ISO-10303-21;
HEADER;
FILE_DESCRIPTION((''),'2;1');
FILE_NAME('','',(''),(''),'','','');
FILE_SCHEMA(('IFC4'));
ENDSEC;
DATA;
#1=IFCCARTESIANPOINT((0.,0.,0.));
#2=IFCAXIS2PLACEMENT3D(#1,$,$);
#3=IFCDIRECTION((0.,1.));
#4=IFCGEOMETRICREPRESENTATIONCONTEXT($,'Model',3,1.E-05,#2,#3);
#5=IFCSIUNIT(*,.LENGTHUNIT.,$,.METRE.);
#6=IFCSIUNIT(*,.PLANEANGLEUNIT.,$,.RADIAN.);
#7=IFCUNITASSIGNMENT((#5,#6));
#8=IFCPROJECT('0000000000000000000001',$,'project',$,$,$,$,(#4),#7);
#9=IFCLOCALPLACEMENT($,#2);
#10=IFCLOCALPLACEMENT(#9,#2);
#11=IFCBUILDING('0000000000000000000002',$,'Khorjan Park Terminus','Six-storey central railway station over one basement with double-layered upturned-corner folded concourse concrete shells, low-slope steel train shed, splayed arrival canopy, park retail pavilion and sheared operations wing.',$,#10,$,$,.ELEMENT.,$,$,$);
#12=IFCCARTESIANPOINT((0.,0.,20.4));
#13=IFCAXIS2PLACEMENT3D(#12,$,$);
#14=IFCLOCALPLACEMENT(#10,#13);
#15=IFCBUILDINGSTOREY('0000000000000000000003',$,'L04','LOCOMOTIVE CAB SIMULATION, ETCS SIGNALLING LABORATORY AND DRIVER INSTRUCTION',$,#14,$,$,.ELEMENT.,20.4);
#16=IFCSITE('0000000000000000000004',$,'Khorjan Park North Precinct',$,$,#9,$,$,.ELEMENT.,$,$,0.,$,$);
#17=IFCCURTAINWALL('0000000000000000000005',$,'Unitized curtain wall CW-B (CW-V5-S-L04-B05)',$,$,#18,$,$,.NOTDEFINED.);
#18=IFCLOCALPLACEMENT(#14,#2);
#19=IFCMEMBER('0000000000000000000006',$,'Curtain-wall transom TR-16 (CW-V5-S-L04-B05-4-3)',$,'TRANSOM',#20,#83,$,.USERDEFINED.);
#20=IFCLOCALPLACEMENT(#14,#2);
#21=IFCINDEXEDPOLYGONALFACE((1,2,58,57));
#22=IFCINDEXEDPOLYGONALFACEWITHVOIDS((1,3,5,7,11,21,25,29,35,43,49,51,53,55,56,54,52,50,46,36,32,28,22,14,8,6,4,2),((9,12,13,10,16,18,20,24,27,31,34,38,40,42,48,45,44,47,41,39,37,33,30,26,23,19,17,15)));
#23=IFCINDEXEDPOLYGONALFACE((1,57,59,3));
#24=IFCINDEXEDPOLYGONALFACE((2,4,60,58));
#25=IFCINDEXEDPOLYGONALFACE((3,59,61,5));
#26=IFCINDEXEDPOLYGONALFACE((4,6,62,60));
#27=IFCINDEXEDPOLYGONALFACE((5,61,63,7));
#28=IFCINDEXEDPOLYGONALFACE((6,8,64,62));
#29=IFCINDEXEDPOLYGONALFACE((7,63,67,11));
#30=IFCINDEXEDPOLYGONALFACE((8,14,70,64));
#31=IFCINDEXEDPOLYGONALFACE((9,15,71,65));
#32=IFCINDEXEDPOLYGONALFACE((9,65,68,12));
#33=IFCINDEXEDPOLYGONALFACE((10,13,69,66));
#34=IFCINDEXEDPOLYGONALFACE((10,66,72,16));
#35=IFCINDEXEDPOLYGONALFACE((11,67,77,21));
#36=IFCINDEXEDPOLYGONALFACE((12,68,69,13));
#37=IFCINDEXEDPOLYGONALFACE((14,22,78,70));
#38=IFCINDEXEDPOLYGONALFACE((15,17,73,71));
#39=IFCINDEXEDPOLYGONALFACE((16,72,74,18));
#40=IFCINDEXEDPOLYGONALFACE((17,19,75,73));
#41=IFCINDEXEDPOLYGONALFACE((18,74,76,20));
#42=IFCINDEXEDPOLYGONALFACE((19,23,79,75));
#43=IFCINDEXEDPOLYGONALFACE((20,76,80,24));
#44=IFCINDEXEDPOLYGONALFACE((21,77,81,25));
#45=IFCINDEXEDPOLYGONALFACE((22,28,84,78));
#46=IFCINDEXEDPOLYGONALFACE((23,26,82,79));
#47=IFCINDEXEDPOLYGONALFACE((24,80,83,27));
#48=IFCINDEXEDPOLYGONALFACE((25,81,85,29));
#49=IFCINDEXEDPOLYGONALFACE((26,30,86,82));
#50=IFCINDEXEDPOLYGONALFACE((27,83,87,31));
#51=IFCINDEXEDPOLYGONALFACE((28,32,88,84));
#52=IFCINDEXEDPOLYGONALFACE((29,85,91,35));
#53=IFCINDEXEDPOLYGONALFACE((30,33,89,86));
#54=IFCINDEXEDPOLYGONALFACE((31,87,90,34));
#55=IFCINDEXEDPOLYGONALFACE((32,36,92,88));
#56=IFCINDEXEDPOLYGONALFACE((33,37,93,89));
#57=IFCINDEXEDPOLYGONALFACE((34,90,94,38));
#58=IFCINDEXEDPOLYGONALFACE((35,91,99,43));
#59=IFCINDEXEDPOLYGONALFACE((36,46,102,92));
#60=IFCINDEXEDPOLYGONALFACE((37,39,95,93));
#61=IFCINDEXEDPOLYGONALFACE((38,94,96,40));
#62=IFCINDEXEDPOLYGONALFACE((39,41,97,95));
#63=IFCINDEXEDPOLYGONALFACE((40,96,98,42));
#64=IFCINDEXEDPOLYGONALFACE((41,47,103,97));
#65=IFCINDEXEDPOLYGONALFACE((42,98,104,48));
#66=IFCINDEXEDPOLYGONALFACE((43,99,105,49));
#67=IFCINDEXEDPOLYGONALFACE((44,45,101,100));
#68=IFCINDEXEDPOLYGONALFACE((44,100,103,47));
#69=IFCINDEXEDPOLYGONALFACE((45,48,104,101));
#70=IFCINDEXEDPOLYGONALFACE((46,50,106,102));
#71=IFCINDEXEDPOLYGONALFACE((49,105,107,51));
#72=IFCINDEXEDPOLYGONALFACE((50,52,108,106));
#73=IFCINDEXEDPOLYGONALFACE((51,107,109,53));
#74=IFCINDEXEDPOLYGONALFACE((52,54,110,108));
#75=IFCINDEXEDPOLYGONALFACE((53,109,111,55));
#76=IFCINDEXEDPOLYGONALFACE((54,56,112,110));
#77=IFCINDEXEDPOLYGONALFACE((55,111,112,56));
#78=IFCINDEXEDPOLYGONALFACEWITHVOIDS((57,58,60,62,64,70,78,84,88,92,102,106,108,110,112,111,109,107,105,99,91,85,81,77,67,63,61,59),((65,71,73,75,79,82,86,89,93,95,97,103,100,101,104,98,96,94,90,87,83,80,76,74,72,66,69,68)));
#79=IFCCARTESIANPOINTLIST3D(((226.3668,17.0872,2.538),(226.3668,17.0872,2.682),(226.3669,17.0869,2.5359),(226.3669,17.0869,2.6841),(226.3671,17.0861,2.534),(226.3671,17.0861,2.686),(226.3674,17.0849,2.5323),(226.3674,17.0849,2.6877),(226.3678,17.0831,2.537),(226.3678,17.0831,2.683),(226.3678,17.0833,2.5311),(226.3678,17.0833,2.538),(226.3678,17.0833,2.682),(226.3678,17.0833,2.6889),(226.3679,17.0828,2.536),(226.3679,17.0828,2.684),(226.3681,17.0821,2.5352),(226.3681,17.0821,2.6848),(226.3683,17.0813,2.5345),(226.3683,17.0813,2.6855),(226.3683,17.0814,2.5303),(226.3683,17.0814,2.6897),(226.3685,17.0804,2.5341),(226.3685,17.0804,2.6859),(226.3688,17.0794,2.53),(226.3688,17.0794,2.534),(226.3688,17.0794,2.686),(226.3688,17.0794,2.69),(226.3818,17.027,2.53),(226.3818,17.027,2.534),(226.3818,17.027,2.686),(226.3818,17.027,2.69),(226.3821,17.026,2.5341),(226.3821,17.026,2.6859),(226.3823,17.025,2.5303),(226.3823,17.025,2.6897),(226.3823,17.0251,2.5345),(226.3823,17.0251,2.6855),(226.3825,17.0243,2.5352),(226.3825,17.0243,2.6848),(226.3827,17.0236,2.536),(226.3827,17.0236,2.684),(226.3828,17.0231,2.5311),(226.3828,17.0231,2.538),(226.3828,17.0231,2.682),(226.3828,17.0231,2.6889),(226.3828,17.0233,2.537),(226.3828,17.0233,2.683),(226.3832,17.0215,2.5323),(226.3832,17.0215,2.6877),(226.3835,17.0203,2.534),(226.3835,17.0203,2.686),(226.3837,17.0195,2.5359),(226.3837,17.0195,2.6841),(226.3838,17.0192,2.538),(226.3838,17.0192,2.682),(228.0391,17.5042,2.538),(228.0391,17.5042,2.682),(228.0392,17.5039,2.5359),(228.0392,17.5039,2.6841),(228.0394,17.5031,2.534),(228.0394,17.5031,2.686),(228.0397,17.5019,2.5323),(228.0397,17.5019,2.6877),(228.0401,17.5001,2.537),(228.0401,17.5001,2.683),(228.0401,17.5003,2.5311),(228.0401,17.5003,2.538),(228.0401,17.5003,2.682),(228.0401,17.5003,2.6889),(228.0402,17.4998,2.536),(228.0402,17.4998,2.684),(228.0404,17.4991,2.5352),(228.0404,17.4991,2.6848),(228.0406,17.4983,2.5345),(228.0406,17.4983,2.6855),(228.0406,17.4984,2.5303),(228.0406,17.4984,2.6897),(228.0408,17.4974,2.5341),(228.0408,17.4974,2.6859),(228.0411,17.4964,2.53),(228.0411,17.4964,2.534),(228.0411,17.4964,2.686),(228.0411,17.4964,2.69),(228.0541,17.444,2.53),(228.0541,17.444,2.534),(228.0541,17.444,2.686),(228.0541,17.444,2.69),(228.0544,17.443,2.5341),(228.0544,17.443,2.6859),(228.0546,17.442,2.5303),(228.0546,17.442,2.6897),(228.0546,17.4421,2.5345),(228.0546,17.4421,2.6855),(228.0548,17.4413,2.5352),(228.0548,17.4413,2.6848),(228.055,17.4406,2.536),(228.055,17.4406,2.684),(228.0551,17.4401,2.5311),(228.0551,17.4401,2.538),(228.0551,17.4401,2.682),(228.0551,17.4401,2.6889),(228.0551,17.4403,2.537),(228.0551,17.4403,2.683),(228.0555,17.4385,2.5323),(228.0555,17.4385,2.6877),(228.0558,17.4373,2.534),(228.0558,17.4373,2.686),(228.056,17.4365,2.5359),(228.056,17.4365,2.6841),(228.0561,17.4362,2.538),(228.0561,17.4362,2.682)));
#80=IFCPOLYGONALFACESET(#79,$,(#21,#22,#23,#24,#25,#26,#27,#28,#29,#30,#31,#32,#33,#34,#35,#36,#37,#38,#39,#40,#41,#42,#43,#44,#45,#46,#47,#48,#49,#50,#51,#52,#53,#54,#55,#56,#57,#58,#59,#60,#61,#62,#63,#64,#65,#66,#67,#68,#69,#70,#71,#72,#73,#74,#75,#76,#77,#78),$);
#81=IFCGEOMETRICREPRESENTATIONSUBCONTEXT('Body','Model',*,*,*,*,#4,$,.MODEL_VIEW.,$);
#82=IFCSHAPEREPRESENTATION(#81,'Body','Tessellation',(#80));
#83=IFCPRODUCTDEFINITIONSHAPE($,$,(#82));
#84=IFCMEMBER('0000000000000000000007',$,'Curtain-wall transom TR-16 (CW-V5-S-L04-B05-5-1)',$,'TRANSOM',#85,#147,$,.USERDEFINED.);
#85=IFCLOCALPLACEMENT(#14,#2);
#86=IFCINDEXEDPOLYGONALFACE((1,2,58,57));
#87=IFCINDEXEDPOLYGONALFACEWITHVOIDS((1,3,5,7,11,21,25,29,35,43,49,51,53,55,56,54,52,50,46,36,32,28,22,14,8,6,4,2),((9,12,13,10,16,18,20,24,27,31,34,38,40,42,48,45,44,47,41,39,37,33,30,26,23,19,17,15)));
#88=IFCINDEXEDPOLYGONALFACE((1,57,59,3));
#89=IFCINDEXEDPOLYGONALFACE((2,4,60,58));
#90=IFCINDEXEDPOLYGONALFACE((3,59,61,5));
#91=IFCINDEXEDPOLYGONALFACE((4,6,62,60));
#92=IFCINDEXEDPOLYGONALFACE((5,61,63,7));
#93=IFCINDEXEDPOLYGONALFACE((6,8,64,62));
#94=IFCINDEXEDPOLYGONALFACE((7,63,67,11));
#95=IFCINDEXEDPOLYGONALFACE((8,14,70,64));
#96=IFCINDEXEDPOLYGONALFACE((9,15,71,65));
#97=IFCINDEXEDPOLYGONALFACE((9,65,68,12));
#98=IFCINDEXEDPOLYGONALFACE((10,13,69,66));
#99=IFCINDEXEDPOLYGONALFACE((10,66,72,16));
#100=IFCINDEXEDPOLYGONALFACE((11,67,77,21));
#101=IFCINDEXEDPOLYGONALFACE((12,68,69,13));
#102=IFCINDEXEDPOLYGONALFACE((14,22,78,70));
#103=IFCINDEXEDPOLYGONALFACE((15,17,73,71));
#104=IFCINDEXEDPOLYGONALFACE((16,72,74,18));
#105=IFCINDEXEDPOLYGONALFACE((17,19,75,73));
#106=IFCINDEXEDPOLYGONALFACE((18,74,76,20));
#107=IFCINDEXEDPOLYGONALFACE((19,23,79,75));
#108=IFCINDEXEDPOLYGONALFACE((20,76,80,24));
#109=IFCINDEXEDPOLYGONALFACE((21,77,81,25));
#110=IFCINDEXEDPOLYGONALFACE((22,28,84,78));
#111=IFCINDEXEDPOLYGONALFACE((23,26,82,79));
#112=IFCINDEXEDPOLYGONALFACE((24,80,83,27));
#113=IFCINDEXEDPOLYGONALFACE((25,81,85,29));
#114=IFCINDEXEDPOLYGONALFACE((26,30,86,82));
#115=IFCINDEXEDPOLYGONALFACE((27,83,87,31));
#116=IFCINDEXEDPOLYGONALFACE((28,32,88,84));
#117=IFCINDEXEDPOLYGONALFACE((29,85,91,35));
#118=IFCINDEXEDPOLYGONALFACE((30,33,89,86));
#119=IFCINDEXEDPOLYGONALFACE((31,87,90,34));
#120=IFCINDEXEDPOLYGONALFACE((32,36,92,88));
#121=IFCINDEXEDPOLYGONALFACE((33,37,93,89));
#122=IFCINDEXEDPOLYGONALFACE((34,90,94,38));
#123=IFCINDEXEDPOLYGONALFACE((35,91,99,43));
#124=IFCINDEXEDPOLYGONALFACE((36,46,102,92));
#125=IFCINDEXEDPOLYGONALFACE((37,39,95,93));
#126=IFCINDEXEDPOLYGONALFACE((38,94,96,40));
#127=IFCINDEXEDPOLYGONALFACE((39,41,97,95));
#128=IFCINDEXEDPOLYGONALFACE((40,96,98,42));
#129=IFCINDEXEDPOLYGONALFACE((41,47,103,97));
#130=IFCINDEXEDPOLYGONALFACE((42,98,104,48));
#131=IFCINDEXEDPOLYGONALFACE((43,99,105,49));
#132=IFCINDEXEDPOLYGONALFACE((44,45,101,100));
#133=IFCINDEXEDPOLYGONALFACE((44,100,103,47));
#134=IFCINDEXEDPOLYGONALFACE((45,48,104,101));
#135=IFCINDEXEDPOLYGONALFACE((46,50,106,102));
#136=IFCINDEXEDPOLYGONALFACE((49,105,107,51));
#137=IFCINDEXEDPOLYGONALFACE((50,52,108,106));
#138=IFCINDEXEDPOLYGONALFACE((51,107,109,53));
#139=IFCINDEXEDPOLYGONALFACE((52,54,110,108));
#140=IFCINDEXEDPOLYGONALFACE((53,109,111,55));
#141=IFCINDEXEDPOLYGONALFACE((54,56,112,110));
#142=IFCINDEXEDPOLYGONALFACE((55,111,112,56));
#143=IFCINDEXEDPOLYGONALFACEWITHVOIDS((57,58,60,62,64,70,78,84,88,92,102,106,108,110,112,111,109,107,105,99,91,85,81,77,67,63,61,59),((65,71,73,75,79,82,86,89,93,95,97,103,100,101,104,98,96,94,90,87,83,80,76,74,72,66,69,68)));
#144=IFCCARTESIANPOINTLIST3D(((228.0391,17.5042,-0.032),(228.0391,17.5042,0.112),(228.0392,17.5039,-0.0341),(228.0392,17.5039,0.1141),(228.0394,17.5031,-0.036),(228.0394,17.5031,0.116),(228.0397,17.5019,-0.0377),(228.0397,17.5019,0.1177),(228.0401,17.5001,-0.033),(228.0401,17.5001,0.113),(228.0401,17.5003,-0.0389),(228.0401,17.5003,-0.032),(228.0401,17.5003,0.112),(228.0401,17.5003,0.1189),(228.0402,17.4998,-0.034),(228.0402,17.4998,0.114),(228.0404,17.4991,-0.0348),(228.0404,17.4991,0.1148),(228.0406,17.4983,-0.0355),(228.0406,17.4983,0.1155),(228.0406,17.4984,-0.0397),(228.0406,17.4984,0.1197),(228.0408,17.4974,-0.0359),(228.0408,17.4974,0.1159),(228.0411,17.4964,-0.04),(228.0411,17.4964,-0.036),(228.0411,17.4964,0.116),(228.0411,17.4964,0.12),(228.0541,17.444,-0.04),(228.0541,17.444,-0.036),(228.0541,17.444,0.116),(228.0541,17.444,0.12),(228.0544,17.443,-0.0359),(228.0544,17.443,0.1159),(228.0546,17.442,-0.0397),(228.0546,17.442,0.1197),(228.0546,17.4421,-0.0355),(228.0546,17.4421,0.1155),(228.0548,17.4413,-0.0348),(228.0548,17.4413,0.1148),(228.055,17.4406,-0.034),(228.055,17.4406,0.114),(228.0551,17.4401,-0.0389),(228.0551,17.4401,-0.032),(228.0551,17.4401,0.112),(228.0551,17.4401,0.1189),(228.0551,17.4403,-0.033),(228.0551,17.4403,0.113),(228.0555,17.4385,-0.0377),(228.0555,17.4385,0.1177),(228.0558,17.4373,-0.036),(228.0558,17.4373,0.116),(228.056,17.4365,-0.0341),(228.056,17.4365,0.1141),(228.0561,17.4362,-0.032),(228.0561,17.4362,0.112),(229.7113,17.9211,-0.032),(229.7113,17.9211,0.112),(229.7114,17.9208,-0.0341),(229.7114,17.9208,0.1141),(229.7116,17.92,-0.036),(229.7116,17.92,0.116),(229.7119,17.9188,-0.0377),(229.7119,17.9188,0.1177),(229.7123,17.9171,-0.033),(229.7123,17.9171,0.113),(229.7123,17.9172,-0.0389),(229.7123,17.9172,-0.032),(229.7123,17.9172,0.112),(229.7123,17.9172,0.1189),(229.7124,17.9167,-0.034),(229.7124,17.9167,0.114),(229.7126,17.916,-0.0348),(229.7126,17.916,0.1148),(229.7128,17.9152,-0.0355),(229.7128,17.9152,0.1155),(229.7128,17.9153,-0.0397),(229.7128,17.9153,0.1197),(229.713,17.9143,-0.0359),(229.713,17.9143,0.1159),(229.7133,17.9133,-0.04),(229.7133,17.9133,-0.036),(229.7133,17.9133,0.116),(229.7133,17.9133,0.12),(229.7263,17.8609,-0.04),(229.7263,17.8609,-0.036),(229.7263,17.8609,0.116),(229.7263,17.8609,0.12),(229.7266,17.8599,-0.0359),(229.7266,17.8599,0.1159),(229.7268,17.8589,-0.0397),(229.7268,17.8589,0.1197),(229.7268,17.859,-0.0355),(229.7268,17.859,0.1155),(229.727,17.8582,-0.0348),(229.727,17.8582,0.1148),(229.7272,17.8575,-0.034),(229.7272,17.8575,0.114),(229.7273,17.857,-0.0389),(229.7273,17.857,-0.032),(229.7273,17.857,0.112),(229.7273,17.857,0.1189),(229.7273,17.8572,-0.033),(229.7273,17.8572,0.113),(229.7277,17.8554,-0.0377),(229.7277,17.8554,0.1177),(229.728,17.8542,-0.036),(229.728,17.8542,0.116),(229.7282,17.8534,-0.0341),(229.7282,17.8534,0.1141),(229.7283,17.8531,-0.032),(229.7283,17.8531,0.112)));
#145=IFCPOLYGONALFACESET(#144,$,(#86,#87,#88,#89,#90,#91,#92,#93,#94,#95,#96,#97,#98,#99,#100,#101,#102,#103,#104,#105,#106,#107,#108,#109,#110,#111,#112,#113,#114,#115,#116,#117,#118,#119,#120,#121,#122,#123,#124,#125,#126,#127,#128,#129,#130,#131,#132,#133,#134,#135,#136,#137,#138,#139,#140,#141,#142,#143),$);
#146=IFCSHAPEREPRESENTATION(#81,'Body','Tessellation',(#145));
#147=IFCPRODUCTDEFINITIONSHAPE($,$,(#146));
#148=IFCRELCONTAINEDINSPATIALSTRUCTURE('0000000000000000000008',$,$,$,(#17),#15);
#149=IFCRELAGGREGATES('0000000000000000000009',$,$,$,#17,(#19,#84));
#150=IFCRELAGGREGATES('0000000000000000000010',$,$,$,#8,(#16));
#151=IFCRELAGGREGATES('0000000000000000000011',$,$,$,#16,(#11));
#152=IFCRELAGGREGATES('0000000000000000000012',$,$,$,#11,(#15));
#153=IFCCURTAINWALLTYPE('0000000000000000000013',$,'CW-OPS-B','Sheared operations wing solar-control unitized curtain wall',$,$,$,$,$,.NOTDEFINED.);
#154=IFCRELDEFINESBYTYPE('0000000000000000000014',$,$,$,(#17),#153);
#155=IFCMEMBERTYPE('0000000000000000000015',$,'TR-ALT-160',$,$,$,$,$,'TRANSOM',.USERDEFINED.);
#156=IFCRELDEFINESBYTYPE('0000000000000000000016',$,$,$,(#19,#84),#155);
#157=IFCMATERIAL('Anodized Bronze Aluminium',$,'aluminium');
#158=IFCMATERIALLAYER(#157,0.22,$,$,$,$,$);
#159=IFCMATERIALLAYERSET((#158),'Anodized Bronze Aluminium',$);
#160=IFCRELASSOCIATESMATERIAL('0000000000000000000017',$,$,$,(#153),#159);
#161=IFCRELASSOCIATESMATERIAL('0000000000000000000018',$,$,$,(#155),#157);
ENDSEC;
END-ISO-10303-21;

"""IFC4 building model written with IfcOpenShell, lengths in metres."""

from ifc_helpers import new_model, si_unit, direction, frame, origin, origin_2d, place, context, subcontext, project, spatial, hollow_rectangle, extrude, material, layer, layer_set, material_profile, profile_set, type_object, element, aggregate, save


model = new_model("IFC4")

# Units and contexts
model_context = context("Model", 3, precision=1e-05, world=origin(), true_north=direction((0.0, 1.0)))
body_context = subcontext(model_context, "Body", "Model", "MODEL_VIEW")
ifc_project = project(units=[si_unit("LENGTHUNIT", "METRE"), si_unit("PLANEANGLEUNIT", "RADIAN")], contexts=[model_context])

# Site, building, storey
site_placement = place(None, origin())
site = spatial("IfcSite", under=ifc_project, at=site_placement, Name="Khorjan Park North Precinct", CompositionType="ELEMENT", RefElevation=0.0)
building_placement = place(site_placement, origin())
building = spatial("IfcBuilding", under=site, at=building_placement, Name="Khorjan Park Terminus", Description="Six-storey central railway station over one basement with double-layered upturned-corner folded concourse concrete shells, low-slope steel train shed, splayed arrival canopy, park retail pavilion and sheared operations wing.", CompositionType="ELEMENT")
storey_placement = place(building_placement, frame((0.0, 0.0, 20.4)))
storey = spatial("IfcBuildingStorey", under=building, at=storey_placement, Name="L04", Description="LOCOMOTIVE CAB SIMULATION, ETCS SIGNALLING LABORATORY AND DRIVER INSTRUCTION", CompositionType="ELEMENT", Elevation=20.4)

# Curtain wall
ifc_material_1 = material(Name="Anodized Bronze Aluminium", Category="aluminium")
ifc_layer_1 = layer(ifc_material_1, 0.22)
ifc_layer_set_1 = layer_set([ifc_layer_1], Name="Anodized Bronze Aluminium")
curtain_wall_type = type_object("IfcCurtainWallType", Name="CW-OPS-B", Description="Sheared operations wing solar-control unitized curtain wall", PredefinedType="NOTDEFINED", material=ifc_layer_set_1)
curtain_wall_1_placement = place(storey_placement, origin())
curtain_wall_1 = element("IfcCurtainWall", 1, at=curtain_wall_1_placement, inside=storey, type_object=curtain_wall_type, Name="Unitized curtain wall CW-B (CW-V5-S-L04-B05)", PredefinedType="NOTDEFINED")

# Members
ifc_material_profile_1 = material_profile(ifc_material_1, hollow_rectangle(XDim=0.07, YDim=0.16, WallThickness=0.004, InnerFilletRadius=0.004, OuterFilletRadius=0.008, at=origin_2d()), Name="ALT 70x160x4")
ifc_profile_set_1 = profile_set([ifc_material_profile_1], Name="Anodized Bronze Aluminium")
member_type_1 = type_object("IfcMemberType", Name="TR-ALT-160", ElementType="TRANSOM", PredefinedType="USERDEFINED", material=ifc_profile_set_1)
member_1_placement = place(storey_placement, frame((226.3753, 17.0532, 2.61), z_axis=(0.970289, 0.241949, 0.0), x_axis=(-0.241949, 0.970289, 0.0)))
member_1 = element("IfcMember", 2, at=member_1_placement, type_object=member_type_1, Name="Curtain-wall transom TR-16 (CW-V5-S-L04-B05-4-3)", ObjectType="TRANSOM", PredefinedType="USERDEFINED", context=body_context, shape_type="SweptSolid", body=[
    extrude(hollow_rectangle(XDim=0.07, YDim=0.16, WallThickness=0.004, InnerFilletRadius=0.004, OuterFilletRadius=0.008, at=origin_2d()), origin(), (0.0, 0.0, 1.0), 1.7235),
])
member_2_placement = place(storey_placement, frame((228.0476, 17.4702, 0.04), z_axis=(0.970299, 0.241908, 0.0), x_axis=(-0.241908, 0.970299, 0.0)))
member_2 = element("IfcMember", 3, at=member_2_placement, type_object=member_type_1, Name="Curtain-wall transom TR-16 (CW-V5-S-L04-B05-5-1)", ObjectType="TRANSOM", PredefinedType="USERDEFINED", context=body_context, shape_type="SweptSolid", body=[
    extrude(hollow_rectangle(XDim=0.07, YDim=0.16, WallThickness=0.004, InnerFilletRadius=0.004, OuterFilletRadius=0.008, at=origin_2d()), origin(), (0.0, 0.0, 1.0), 1.7234),
])

aggregate(curtain_wall_1, [member_1, member_2])

save(model, "model.ifc")
